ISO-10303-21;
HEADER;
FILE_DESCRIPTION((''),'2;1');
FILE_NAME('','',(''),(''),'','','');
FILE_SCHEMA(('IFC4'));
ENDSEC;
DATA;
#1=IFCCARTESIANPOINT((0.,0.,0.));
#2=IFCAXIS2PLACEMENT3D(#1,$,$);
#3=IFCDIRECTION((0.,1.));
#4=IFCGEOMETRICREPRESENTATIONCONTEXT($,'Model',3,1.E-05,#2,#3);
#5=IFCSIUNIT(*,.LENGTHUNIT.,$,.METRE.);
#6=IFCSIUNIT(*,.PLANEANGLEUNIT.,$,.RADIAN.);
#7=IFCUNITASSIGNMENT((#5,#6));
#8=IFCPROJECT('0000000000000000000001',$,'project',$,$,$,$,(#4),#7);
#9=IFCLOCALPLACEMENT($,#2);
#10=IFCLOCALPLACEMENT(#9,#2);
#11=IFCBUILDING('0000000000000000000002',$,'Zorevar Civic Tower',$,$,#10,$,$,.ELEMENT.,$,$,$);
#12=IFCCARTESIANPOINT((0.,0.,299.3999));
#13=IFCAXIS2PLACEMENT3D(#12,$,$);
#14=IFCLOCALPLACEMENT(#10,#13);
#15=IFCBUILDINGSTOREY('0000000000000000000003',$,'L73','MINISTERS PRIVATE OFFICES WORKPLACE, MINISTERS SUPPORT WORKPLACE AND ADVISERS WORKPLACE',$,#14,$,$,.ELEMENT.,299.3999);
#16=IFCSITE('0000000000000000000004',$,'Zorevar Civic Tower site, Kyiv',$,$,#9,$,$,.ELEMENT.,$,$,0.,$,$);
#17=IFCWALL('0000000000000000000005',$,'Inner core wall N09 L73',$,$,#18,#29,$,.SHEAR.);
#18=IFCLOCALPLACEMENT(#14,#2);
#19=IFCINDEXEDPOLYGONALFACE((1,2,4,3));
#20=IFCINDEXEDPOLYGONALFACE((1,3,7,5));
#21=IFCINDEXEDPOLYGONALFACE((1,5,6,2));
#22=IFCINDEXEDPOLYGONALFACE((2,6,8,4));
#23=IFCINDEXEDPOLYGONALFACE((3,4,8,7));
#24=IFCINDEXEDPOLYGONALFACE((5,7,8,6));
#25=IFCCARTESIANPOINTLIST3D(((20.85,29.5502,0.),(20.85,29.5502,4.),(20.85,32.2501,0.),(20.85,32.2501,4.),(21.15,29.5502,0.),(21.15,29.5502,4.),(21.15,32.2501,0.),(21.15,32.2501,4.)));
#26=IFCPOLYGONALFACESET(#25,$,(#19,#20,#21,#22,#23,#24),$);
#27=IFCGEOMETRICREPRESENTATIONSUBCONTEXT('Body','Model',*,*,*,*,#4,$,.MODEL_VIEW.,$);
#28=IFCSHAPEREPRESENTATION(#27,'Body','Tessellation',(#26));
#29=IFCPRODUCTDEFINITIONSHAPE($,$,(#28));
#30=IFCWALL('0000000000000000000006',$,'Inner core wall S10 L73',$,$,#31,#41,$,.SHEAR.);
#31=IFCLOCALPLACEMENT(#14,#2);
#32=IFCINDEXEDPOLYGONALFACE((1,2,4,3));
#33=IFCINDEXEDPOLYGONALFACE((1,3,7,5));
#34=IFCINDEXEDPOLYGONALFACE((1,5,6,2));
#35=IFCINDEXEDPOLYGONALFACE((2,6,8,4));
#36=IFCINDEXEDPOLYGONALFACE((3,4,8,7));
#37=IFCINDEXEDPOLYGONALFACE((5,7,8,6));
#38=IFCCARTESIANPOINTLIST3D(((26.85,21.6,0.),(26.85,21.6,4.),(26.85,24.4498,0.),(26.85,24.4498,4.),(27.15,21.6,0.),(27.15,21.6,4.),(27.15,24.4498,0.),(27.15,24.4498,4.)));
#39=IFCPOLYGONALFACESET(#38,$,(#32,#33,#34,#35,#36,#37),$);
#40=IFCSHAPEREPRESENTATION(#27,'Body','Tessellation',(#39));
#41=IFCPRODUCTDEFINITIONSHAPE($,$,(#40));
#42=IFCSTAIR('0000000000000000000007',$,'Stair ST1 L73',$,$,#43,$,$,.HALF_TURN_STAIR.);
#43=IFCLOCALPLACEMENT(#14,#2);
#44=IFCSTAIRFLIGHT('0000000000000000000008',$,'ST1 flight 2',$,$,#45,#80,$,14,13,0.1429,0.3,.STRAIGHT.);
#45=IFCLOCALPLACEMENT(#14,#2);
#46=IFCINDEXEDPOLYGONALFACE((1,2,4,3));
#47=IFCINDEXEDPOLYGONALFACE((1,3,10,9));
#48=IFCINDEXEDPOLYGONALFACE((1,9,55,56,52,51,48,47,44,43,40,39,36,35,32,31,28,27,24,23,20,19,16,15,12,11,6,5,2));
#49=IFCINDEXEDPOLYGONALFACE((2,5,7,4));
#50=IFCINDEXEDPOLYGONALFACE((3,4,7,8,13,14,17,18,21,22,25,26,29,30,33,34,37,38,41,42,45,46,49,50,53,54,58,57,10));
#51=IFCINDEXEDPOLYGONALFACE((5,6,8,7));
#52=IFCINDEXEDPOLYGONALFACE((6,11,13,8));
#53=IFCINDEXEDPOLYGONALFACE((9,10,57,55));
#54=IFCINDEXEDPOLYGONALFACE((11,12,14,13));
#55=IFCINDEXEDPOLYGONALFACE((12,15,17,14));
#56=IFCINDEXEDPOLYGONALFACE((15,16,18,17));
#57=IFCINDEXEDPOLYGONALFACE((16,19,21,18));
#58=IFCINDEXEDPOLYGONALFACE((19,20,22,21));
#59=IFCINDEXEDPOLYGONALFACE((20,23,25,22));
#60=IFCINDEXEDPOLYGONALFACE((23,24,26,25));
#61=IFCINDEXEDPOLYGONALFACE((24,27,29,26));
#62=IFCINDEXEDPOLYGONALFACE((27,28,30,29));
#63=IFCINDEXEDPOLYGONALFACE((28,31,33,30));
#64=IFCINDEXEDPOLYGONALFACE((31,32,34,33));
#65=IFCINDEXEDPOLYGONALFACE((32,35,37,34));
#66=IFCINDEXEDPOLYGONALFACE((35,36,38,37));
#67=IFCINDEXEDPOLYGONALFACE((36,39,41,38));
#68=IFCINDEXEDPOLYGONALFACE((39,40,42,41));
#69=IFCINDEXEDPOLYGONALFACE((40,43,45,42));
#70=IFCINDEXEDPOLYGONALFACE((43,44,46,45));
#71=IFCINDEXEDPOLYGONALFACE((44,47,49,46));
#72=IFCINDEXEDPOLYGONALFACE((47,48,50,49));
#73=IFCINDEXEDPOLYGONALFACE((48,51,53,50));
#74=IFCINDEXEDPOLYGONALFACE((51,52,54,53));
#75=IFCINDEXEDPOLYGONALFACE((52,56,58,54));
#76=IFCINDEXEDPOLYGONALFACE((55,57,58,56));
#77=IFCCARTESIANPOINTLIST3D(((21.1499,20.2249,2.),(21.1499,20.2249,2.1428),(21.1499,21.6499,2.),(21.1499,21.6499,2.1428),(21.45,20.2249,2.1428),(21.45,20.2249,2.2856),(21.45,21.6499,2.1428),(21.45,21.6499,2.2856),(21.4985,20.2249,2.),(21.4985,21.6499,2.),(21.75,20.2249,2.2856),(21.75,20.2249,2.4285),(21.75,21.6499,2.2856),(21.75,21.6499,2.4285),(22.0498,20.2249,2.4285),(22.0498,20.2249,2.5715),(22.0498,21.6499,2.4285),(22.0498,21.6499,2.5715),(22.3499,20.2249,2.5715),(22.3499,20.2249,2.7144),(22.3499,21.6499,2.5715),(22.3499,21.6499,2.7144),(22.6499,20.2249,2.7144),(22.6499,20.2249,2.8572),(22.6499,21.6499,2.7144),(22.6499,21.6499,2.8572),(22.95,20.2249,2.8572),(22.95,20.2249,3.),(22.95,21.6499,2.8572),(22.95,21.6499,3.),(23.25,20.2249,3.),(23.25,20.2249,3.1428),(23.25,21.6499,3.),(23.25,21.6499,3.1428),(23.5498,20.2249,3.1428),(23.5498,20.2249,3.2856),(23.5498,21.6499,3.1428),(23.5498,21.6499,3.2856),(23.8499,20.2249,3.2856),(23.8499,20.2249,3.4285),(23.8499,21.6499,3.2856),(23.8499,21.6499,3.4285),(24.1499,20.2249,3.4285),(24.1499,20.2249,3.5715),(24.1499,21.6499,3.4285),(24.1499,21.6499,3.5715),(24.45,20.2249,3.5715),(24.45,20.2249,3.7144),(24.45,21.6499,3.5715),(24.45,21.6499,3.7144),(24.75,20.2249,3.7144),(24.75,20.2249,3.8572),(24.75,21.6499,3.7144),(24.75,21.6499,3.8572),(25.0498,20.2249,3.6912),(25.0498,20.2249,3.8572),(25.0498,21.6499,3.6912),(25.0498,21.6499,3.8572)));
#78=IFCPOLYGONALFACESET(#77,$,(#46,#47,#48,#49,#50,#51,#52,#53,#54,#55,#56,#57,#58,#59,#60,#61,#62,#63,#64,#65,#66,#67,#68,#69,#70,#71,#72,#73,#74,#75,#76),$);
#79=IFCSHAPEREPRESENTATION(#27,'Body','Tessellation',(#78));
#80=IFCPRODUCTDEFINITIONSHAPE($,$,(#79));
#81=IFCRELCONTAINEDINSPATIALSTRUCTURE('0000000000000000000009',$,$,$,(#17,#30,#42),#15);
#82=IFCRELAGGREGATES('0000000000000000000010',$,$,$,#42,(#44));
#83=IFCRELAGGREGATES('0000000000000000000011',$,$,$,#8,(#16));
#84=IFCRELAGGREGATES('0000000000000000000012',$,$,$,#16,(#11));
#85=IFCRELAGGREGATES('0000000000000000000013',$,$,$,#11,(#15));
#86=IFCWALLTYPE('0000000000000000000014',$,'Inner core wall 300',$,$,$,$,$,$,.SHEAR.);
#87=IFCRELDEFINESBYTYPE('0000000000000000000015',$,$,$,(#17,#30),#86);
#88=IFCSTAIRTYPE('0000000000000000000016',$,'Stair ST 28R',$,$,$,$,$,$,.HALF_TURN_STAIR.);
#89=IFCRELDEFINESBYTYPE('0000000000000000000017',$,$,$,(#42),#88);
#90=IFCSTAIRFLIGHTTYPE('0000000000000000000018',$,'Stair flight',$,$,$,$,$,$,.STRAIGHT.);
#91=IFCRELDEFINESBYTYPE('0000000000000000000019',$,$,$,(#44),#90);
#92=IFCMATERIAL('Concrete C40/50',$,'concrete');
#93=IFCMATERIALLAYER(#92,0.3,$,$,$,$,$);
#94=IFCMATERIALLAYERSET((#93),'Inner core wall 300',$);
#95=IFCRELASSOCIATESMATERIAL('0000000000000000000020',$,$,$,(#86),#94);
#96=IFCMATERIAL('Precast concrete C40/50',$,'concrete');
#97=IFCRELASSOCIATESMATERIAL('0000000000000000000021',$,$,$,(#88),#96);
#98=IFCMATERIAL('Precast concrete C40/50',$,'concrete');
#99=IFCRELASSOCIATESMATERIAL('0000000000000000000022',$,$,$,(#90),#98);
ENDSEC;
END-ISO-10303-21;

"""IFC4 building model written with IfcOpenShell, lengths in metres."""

from ifc_helpers import new_model, si_unit, direction, frame, frame_2d, origin, place, context, subcontext, project, spatial, polyline, rectangle, outline, extrude, material, layer, layer_set, type_object, element, aggregate, save


model = new_model("IFC4")

# Units and contexts
model_context = context("Model", 3, precision=1e-05, world=origin(), true_north=direction((0.0, 1.0)))
body_context = subcontext(model_context, "Body", "Model", "MODEL_VIEW")
ifc_project = project(units=[si_unit("LENGTHUNIT", "METRE"), si_unit("PLANEANGLEUNIT", "RADIAN")], contexts=[model_context])

# Site, building, storey
site_placement = place(None, origin())
site = spatial("IfcSite", under=ifc_project, at=site_placement, Name="Zorevar Civic Tower site, Kyiv", CompositionType="ELEMENT", RefElevation=0.0)
building_placement = place(site_placement, origin())
building = spatial("IfcBuilding", under=site, at=building_placement, Name="Zorevar Civic Tower", CompositionType="ELEMENT")
storey_placement = place(building_placement, frame((0.0, 0.0, 299.3999)))
storey = spatial("IfcBuildingStorey", under=building, at=storey_placement, Name="L73", Description="MINISTERS PRIVATE OFFICES WORKPLACE, MINISTERS SUPPORT WORKPLACE AND ADVISERS WORKPLACE", CompositionType="ELEMENT", Elevation=299.3999)

# Shared definitions
ifc_material_1 = material(Name="Concrete C40/50", Category="concrete")
ifc_layer = layer(ifc_material_1, 0.3)
ifc_layer_set = layer_set([ifc_layer], Name="Inner core wall 300")
wall_type = type_object("IfcWallType", Name="Inner core wall 300", PredefinedType="SHEAR", material=ifc_layer_set)

# Walls
wall_1_placement = place(storey_placement, frame((21.0, 29.55, 0.0), z_axis=(0.0, 0.0, 1.0), x_axis=(0.0, 1.0, 0.0)))
element("IfcWall", 1, at=wall_1_placement, inside=storey, type_object=wall_type, Name="Inner core wall N09 L73", PredefinedType="SHEAR", context=body_context, shape_type="SweptSolid", body=[
    extrude(rectangle(XDim=2.7, YDim=0.3, at=frame_2d((1.3501, 0.0))), origin(), (0.0, 0.0, 1.0), 4.0),
])
wall_2_placement = place(storey_placement, frame((27.0, 21.6001, 0.0), z_axis=(0.0, 0.0, 1.0), x_axis=(0.0, 1.0, 0.0)))
element("IfcWall", 2, at=wall_2_placement, inside=storey, type_object=wall_type, Name="Inner core wall S10 L73", PredefinedType="SHEAR", context=body_context, shape_type="SweptSolid", body=[
    extrude(rectangle(XDim=2.8499, YDim=0.3, at=frame_2d((1.4248, 0.0))), origin(), (0.0, 0.0, 1.0), 4.0),
])

# Stair, stair flight
ifc_material_2 = material(Name="Precast concrete C40/50", Category="concrete")
stair_type = type_object("IfcStairType", Name="Stair ST 28R", PredefinedType="HALF_TURN_STAIR", material=ifc_material_2)
stair_placement = place(storey_placement, origin())
stair = element("IfcStair", 3, at=stair_placement, inside=storey, type_object=stair_type, Name="Stair ST1 L73", PredefinedType="HALF_TURN_STAIR")
ifc_material_3 = material(Name="Precast concrete C40/50", Category="concrete")
stair_flight_type = type_object("IfcStairFlightType", Name="Stair flight", PredefinedType="STRAIGHT", material=ifc_material_3)
stair_flight_placement = place(storey_placement, frame((21.1499, 20.9375, 2.0), z_axis=(0.0, 0.0, 1.0), x_axis=(1.0, 0.0, 0.0)))
stair_flight = element("IfcStairFlight", 4, at=stair_flight_placement, type_object=stair_flight_type, Name="ST1 flight 2", NumberOfRisers=14, NumberOfTreads=13, PredefinedType="STRAIGHT", RiserHeight=0.1429, TreadLength=0.3, context=body_context, shape_type="SweptSolid", body=[
    extrude(outline(polyline([(0.0, 0.0), (0.0, 0.1428), (0.3, 0.1428), (0.3, 0.2856), (0.6001, 0.2856), (0.6001, 0.4285), (0.8999, 0.4285), (0.8999, 0.5715), (1.2, 0.5715), (1.2, 0.7144), (1.5, 0.7144), (1.5, 0.8572), (1.8, 0.8572), (1.8, 1.0), (2.1001, 1.0), (2.1001, 1.1428), (2.3999, 1.1428), (2.3999, 1.2856), (2.7, 1.2856), (2.7, 1.4285), (3.0, 1.4285), (3.0, 1.5715), (3.3, 1.5715), (3.3, 1.7144), (3.6001, 1.7144), (3.6001, 1.8572), (3.8999, 1.8572), (3.8999, 2.0), (3.8999, 1.6912), (0.3486, 0.0), (0.0, 0.0)])), frame((0.0, 0.7124, 0.0), z_axis=(0.0, -1.0, 0.0), x_axis=(1.0, 0.0, 0.0)), (0.0, 0.0, 1.0), 1.425),
])
aggregate(stair, [stair_flight])

save(model, "model.ifc")
